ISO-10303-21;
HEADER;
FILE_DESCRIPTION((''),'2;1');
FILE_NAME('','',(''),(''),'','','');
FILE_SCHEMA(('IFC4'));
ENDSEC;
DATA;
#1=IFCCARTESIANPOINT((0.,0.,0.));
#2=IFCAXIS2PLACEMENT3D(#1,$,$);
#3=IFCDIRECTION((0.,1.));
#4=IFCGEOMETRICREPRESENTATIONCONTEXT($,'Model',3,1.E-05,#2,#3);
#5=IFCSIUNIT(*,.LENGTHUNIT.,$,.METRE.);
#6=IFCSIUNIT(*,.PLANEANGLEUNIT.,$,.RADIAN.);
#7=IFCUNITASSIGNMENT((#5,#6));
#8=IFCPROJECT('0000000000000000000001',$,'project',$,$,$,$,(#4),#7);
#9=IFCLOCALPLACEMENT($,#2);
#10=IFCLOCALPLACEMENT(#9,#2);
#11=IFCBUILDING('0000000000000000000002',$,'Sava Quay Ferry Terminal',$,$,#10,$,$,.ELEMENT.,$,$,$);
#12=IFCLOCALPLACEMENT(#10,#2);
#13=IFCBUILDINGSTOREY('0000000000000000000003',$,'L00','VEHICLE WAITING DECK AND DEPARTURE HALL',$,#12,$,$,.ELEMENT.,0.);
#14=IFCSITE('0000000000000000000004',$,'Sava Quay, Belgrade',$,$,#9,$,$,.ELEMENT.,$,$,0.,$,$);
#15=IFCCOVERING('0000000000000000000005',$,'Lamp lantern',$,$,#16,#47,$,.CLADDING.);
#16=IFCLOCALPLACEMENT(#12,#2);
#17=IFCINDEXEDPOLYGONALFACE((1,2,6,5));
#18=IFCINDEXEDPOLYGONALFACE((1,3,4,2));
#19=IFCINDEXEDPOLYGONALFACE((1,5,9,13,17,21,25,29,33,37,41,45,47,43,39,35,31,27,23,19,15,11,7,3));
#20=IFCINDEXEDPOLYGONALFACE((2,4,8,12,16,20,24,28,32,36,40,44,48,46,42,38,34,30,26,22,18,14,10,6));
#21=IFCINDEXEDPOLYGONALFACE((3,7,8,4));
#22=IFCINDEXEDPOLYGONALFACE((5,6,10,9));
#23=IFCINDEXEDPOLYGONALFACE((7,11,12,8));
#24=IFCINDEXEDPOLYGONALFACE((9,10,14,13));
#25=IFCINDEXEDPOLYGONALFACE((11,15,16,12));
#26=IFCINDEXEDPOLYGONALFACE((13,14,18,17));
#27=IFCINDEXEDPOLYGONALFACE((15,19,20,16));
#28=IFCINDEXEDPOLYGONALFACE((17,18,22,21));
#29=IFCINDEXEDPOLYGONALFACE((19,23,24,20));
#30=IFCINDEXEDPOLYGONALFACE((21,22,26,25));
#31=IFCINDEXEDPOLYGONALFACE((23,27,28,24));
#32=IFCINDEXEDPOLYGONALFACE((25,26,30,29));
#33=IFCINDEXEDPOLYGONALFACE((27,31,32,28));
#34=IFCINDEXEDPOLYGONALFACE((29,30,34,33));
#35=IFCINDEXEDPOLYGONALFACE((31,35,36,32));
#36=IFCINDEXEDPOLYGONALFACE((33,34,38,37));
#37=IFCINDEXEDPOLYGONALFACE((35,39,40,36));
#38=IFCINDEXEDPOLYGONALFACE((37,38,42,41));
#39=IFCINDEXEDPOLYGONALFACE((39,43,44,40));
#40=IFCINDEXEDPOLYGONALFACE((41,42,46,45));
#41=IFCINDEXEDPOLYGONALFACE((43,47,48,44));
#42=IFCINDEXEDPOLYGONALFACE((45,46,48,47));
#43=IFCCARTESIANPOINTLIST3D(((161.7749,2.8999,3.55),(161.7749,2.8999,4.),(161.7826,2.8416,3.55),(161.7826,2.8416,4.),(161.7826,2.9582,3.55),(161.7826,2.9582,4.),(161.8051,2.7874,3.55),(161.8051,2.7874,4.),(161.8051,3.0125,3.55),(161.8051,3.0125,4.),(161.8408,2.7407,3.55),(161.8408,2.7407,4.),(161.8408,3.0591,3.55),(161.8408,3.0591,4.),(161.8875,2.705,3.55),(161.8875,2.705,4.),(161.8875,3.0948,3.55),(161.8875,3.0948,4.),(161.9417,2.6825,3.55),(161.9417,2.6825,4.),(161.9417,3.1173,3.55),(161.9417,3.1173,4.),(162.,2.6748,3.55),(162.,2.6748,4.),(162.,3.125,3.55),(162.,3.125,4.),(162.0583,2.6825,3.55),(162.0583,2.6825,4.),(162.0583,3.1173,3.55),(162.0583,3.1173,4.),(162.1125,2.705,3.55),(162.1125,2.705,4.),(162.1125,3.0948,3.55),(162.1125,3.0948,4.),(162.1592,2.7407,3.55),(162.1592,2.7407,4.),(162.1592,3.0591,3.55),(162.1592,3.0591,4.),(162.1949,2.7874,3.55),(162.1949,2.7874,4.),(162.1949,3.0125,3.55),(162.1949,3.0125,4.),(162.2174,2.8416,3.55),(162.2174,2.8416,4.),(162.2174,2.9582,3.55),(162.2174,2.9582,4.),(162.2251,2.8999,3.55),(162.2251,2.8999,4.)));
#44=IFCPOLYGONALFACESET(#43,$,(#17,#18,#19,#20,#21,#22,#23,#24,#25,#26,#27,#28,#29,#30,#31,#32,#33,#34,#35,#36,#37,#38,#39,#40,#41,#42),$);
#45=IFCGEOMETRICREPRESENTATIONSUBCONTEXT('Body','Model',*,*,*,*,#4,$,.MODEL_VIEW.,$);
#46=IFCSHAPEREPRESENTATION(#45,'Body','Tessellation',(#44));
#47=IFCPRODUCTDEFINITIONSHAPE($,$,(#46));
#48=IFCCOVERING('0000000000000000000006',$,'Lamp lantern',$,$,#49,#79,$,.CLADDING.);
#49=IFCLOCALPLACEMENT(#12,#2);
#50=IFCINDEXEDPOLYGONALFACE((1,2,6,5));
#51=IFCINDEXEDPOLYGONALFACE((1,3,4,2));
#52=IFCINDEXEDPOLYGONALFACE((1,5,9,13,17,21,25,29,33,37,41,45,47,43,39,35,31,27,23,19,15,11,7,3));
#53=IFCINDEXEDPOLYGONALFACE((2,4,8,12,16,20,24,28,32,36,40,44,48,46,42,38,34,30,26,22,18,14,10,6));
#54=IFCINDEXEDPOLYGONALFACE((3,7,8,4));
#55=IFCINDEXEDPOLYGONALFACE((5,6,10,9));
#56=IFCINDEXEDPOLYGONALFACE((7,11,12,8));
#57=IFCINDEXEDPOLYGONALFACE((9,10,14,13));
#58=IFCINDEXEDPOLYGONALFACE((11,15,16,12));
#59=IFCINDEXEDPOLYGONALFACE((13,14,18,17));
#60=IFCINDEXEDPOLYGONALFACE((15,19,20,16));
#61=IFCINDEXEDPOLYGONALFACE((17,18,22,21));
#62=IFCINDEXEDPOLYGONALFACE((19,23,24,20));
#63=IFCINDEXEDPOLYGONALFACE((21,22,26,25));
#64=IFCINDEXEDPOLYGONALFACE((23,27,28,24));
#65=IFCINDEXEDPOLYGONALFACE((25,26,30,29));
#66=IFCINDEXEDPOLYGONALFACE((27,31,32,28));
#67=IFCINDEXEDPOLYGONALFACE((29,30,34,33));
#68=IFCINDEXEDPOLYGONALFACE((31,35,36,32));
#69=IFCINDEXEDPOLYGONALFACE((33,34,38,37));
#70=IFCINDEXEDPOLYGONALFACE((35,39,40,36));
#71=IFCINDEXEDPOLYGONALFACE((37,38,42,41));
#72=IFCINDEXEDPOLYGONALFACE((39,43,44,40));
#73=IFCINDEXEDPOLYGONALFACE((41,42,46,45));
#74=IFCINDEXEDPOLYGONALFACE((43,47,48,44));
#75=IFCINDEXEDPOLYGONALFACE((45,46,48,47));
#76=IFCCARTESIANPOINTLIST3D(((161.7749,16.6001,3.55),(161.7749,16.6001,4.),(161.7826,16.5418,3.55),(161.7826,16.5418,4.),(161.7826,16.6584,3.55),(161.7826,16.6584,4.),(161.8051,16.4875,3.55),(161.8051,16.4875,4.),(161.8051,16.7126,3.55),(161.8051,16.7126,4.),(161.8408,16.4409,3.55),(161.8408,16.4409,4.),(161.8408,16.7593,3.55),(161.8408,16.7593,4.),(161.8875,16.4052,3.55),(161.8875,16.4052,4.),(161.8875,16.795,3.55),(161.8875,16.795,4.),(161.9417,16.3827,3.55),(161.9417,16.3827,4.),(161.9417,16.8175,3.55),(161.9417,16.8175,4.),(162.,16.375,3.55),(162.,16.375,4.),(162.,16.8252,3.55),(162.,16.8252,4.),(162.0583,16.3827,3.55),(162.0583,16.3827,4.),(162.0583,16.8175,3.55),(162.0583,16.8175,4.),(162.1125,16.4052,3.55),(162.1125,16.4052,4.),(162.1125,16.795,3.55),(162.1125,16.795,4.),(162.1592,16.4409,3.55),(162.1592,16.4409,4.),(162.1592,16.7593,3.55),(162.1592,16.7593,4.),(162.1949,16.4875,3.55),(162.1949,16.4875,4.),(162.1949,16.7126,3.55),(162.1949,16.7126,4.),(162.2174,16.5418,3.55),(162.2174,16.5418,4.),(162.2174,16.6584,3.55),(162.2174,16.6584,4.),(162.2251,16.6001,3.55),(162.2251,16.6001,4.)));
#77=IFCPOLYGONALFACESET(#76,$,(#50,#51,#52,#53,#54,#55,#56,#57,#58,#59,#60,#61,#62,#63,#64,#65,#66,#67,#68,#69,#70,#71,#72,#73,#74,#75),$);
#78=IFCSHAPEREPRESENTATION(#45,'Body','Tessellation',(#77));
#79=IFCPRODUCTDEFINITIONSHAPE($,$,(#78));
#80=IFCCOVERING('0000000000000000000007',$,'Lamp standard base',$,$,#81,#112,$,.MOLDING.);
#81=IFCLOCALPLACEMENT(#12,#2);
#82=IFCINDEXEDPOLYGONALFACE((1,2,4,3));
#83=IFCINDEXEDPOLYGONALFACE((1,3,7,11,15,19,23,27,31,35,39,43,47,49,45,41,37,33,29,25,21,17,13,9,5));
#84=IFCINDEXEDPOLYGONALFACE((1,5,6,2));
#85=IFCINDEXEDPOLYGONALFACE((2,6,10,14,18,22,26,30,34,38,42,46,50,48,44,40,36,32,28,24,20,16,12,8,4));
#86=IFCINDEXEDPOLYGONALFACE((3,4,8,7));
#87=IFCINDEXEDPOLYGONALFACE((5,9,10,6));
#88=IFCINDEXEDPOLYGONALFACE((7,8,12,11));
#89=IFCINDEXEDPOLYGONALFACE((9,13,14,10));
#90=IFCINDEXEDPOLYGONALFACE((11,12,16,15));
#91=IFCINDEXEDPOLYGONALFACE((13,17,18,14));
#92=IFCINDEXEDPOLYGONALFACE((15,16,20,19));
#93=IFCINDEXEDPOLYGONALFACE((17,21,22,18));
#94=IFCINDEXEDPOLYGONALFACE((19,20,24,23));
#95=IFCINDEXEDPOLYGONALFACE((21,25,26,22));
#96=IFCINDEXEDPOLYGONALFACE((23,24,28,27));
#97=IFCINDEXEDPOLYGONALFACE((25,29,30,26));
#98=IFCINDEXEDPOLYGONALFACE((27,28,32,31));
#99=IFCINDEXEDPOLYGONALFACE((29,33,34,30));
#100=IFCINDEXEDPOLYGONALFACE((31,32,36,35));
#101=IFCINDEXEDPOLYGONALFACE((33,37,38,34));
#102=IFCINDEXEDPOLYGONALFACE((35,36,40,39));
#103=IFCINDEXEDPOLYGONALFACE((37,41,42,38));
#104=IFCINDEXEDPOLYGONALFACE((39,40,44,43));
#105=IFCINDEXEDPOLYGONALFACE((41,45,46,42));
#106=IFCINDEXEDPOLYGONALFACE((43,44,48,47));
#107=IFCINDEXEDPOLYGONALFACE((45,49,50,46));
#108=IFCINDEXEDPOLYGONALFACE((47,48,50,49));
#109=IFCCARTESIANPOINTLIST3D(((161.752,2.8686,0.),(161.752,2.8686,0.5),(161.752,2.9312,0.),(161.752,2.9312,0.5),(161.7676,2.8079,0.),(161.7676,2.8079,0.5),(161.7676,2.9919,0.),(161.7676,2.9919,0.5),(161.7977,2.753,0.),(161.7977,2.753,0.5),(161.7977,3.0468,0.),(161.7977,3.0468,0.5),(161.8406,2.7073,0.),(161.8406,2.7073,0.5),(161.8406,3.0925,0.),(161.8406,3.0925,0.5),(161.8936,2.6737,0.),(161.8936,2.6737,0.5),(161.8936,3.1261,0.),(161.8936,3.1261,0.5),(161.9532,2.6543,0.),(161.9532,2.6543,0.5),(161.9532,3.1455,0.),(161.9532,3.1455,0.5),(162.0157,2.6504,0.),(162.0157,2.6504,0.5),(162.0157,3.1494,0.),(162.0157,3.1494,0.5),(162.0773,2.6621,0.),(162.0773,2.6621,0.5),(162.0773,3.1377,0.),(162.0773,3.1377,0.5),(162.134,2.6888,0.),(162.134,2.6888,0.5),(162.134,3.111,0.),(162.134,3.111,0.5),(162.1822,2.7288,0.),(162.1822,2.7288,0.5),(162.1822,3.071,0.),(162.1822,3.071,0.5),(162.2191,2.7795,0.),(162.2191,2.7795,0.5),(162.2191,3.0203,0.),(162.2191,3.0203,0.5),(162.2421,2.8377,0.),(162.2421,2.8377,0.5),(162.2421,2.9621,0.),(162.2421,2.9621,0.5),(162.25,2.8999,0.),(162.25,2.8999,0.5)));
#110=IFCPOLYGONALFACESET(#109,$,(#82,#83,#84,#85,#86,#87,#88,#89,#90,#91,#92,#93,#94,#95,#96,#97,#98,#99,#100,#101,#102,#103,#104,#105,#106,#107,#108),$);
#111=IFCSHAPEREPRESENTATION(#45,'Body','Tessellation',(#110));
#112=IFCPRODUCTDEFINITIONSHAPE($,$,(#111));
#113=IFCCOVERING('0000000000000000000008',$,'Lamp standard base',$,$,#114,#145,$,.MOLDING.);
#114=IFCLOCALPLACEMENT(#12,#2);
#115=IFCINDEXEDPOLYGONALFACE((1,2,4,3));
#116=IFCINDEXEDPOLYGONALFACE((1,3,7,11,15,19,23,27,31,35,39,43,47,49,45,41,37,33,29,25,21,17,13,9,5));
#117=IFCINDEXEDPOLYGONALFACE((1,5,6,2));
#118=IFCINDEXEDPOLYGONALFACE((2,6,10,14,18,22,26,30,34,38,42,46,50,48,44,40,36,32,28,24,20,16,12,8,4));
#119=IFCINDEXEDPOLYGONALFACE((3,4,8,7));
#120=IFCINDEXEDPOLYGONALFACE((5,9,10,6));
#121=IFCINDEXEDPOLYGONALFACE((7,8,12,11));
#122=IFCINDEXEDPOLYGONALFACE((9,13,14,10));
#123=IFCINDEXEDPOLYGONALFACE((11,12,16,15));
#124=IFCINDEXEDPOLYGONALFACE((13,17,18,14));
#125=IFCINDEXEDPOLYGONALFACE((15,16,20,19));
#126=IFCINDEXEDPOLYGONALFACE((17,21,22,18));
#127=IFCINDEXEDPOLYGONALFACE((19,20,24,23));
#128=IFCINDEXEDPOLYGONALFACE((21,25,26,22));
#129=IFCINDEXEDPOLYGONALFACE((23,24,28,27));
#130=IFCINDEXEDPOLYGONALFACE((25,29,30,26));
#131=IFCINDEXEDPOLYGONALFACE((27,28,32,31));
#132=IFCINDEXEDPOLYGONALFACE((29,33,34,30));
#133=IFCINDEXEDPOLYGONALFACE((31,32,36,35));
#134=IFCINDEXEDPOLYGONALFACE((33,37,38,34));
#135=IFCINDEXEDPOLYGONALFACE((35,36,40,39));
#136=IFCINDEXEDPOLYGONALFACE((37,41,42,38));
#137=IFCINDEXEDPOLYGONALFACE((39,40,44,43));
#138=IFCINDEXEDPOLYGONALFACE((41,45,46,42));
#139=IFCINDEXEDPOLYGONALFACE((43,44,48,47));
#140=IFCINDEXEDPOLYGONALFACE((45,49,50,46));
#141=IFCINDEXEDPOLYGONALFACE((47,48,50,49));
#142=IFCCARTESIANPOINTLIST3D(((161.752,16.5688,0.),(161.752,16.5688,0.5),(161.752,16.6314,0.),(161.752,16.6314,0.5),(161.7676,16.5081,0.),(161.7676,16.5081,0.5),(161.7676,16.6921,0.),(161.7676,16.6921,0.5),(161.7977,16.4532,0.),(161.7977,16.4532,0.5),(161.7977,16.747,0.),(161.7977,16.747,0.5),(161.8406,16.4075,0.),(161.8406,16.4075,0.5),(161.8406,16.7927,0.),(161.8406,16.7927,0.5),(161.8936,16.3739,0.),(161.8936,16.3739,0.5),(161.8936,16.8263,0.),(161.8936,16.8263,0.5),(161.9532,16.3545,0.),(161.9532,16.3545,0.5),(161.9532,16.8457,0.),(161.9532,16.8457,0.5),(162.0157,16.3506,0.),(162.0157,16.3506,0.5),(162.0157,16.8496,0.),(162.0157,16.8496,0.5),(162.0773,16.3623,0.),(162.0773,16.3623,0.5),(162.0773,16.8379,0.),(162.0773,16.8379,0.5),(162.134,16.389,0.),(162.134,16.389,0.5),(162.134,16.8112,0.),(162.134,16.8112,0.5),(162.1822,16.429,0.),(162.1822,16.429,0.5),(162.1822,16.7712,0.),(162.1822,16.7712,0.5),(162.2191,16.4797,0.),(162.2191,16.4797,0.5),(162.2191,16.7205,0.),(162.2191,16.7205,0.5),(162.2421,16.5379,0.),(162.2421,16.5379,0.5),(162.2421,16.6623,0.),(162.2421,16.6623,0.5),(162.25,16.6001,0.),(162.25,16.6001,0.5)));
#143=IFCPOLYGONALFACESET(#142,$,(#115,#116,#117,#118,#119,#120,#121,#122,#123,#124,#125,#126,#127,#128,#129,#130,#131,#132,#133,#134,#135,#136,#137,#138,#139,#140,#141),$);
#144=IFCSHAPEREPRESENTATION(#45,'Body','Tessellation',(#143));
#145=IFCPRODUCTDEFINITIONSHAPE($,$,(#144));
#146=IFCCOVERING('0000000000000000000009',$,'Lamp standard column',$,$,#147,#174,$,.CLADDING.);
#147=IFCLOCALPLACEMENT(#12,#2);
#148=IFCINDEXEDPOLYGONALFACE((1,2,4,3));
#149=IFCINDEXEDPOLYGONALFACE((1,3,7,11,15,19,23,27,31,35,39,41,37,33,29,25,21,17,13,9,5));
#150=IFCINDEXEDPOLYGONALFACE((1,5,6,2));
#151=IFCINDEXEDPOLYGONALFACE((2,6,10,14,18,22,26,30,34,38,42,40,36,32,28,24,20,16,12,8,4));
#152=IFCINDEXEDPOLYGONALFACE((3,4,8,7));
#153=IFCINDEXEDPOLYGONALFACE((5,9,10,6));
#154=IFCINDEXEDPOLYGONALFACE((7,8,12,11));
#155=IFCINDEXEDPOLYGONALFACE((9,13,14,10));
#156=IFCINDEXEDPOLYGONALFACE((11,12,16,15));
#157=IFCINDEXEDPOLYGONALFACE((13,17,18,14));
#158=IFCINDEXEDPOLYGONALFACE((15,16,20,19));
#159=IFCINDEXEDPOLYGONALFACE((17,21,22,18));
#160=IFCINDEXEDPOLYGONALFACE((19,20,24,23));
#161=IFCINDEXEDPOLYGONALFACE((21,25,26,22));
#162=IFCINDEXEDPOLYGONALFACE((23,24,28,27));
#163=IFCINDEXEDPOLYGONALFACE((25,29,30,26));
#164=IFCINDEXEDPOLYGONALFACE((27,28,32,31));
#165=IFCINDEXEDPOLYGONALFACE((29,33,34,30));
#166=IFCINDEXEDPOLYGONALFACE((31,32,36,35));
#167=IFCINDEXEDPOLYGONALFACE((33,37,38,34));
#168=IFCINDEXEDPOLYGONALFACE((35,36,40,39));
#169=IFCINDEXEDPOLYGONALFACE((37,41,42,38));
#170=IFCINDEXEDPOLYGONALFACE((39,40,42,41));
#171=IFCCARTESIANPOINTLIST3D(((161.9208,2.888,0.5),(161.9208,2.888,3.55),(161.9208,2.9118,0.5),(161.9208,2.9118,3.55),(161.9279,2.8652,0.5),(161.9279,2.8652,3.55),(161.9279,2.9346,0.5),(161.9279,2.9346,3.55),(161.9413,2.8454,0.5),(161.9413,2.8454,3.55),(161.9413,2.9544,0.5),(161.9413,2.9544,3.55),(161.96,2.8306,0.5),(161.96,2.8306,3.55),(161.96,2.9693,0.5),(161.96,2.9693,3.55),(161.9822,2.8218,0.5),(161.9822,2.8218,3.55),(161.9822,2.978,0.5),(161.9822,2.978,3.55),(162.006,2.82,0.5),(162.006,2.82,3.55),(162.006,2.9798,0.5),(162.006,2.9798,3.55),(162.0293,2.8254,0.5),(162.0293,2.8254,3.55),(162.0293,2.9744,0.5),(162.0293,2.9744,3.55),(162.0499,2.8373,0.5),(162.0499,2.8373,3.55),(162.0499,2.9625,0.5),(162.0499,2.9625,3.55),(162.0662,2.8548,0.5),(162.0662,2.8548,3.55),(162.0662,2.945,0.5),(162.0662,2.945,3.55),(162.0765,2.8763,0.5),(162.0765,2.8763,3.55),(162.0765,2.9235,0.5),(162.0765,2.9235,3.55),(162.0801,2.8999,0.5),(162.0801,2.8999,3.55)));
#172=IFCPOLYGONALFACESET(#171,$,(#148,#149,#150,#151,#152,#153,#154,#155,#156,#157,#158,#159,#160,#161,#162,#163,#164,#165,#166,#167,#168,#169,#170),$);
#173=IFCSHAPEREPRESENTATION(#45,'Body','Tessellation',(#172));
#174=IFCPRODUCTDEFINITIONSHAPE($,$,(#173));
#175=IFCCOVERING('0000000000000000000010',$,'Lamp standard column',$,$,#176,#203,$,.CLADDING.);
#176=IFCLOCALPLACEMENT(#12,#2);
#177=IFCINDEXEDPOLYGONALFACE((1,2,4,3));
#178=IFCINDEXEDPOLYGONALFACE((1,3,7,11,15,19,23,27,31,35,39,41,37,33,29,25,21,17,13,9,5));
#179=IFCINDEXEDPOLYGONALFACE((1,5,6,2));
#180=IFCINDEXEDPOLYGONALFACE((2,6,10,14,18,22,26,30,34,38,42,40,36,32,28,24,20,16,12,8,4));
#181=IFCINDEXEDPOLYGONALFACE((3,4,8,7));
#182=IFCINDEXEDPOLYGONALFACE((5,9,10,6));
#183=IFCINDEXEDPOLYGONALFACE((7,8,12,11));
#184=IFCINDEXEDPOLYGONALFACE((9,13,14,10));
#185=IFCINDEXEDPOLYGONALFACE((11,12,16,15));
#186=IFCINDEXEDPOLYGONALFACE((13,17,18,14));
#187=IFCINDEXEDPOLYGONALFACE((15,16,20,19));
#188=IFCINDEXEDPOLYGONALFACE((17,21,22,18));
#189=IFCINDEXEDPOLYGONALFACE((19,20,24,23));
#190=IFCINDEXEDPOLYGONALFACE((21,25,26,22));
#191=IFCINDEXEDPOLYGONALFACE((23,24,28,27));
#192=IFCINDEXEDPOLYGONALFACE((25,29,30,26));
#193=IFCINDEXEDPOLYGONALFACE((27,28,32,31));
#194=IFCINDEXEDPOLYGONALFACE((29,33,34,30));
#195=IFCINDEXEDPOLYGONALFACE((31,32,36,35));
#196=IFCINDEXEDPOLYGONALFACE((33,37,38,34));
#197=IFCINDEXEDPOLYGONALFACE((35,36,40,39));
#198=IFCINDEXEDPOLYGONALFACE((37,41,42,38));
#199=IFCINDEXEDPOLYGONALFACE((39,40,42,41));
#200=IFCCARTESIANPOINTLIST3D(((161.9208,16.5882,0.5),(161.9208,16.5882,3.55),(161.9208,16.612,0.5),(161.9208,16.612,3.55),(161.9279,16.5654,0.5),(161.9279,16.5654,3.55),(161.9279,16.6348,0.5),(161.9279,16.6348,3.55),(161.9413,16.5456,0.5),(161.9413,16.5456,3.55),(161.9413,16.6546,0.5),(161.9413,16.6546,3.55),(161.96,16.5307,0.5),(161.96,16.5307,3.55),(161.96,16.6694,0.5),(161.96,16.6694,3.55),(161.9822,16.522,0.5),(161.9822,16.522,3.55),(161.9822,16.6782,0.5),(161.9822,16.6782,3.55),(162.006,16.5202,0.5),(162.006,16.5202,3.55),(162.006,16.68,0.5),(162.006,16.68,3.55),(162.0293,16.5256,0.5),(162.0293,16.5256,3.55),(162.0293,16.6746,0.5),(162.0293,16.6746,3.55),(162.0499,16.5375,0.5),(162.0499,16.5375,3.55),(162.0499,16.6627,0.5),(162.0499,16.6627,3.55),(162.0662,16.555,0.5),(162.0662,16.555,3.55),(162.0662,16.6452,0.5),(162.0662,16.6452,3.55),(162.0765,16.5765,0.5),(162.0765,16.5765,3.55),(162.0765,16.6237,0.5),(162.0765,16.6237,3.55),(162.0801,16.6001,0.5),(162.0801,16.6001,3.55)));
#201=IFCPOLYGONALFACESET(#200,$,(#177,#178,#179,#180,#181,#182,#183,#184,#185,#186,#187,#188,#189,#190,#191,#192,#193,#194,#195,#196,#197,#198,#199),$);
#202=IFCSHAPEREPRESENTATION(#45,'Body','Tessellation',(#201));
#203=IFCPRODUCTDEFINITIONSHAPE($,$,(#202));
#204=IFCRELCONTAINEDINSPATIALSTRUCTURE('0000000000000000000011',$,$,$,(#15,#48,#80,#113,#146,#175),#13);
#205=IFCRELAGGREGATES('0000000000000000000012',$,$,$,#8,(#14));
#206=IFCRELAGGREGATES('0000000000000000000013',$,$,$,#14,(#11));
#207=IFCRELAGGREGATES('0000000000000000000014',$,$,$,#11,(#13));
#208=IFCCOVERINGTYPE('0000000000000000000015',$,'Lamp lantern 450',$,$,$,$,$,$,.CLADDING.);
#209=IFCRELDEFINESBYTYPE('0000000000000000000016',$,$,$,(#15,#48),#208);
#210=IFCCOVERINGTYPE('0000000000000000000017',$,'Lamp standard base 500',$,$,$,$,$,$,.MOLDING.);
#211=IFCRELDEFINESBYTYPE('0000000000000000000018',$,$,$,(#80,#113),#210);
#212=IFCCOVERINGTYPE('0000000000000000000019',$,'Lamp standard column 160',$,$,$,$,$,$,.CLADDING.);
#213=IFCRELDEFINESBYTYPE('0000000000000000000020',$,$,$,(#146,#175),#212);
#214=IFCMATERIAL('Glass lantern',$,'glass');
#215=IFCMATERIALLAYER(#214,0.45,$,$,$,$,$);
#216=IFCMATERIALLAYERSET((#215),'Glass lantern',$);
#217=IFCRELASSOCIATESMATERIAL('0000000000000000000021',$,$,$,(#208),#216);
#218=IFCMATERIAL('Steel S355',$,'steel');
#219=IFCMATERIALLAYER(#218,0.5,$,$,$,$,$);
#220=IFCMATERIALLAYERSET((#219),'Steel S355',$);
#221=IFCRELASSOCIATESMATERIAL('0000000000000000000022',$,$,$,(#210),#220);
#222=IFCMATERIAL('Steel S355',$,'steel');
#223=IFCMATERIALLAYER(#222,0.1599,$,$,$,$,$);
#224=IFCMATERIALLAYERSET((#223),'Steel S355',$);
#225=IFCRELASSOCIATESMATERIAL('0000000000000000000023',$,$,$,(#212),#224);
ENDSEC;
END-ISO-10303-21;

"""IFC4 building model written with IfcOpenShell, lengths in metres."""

from ifc_helpers import new_model, si_unit, direction, frame, origin, origin_2d, place, context, subcontext, project, spatial, circle, extrude, material, layer, layer_set, type_object, element, save


model = new_model("IFC4")

# Units and contexts
model_context = context("Model", 3, precision=1e-05, world=origin(), true_north=direction((0.0, 1.0)))
body_context = subcontext(model_context, "Body", "Model", "MODEL_VIEW")
ifc_project = project(units=[si_unit("LENGTHUNIT", "METRE"), si_unit("PLANEANGLEUNIT", "RADIAN")], contexts=[model_context])

# Site, building, storey
site_placement = place(None, origin())
site = spatial("IfcSite", under=ifc_project, at=site_placement, Name="Sava Quay, Belgrade", CompositionType="ELEMENT", RefElevation=0.0)
building_placement = place(site_placement, origin())
building = spatial("IfcBuilding", under=site, at=building_placement, Name="Sava Quay Ferry Terminal", CompositionType="ELEMENT")
storey_placement = place(building_placement, origin())
storey = spatial("IfcBuildingStorey", under=building, at=storey_placement, Name="L00", Description="VEHICLE WAITING DECK AND DEPARTURE HALL", CompositionType="ELEMENT", Elevation=0.0)

# Coverings
ifc_material_1 = material(Name="Glass lantern", Category="glass")
ifc_layer_1 = layer(ifc_material_1, 0.45)
ifc_layer_set_1 = layer_set([ifc_layer_1], Name="Glass lantern")
covering_type_1 = type_object("IfcCoveringType", Name="Lamp lantern 450", PredefinedType="CLADDING", material=ifc_layer_set_1)
for number, where, z_axis, x_axis, name in (
    (1, (162.0, 2.8999, 4.0), (0.0, 0.0, -1.0), (1.0, 0.0, 0.0), "Lamp lantern"),
    (2, (162.0, 16.6001, 4.0), (0.0, 0.0, -1.0), (1.0, 0.0, 0.0), "Lamp lantern"),
):
    element("IfcCovering", number, at=place(storey_placement, frame(where, z_axis=z_axis, x_axis=x_axis)), inside=storey, type_object=covering_type_1, Name=name, PredefinedType="CLADDING", context=body_context, shape_type="SweptSolid", body=[
        extrude(circle(Radius=0.2251, at=origin_2d()), origin(), (0.0, 0.0, 1.0), 0.45),
    ])
ifc_material_2 = material(Name="Steel S355", Category="steel")
ifc_layer_2 = layer(ifc_material_2, 0.5)
ifc_layer_set_2 = layer_set([ifc_layer_2], Name="Steel S355")
covering_type_2 = type_object("IfcCoveringType", Name="Lamp standard base 500", PredefinedType="MOLDING", material=ifc_layer_set_2)
for number, where, z_axis, x_axis, name in (
    (3, (162.0, 2.8999, 0.5), (0.0, 0.0, -1.0), (1.0, 0.0, 0.0), "Lamp standard base"),
    (4, (162.0, 16.6001, 0.5), (0.0, 0.0, -1.0), (1.0, 0.0, 0.0), "Lamp standard base"),
):
    element("IfcCovering", number, at=place(storey_placement, frame(where, z_axis=z_axis, x_axis=x_axis)), inside=storey, type_object=covering_type_2, Name=name, PredefinedType="MOLDING", context=body_context, shape_type="SweptSolid", body=[
        extrude(circle(Radius=0.25, at=origin_2d()), origin(), (0.0, 0.0, 1.0), 0.5),
    ])
ifc_material_3 = material(Name="Steel S355", Category="steel")
ifc_layer_3 = layer(ifc_material_3, 0.1599)
ifc_layer_set_3 = layer_set([ifc_layer_3], Name="Steel S355")
covering_type_3 = type_object("IfcCoveringType", Name="Lamp standard column 160", PredefinedType="CLADDING", material=ifc_layer_set_3)
for number, where, z_axis, x_axis, name in (
    (5, (162.0, 2.8999, 3.55), (0.0, 0.0, -1.0), (1.0, 0.0, 0.0), "Lamp standard column"),
    (6, (162.0, 16.6001, 3.55), (0.0, 0.0, -1.0), (1.0, 0.0, 0.0), "Lamp standard column"),
):
    element("IfcCovering", number, at=place(storey_placement, frame(where, z_axis=z_axis, x_axis=x_axis)), inside=storey, type_object=covering_type_3, Name=name, PredefinedType="CLADDING", context=body_context, shape_type="SweptSolid", body=[
        extrude(circle(Radius=0.0801, at=origin_2d()), origin(), (0.0, 0.0, 1.0), 3.05),
    ])

save(model, "model.ifc")
